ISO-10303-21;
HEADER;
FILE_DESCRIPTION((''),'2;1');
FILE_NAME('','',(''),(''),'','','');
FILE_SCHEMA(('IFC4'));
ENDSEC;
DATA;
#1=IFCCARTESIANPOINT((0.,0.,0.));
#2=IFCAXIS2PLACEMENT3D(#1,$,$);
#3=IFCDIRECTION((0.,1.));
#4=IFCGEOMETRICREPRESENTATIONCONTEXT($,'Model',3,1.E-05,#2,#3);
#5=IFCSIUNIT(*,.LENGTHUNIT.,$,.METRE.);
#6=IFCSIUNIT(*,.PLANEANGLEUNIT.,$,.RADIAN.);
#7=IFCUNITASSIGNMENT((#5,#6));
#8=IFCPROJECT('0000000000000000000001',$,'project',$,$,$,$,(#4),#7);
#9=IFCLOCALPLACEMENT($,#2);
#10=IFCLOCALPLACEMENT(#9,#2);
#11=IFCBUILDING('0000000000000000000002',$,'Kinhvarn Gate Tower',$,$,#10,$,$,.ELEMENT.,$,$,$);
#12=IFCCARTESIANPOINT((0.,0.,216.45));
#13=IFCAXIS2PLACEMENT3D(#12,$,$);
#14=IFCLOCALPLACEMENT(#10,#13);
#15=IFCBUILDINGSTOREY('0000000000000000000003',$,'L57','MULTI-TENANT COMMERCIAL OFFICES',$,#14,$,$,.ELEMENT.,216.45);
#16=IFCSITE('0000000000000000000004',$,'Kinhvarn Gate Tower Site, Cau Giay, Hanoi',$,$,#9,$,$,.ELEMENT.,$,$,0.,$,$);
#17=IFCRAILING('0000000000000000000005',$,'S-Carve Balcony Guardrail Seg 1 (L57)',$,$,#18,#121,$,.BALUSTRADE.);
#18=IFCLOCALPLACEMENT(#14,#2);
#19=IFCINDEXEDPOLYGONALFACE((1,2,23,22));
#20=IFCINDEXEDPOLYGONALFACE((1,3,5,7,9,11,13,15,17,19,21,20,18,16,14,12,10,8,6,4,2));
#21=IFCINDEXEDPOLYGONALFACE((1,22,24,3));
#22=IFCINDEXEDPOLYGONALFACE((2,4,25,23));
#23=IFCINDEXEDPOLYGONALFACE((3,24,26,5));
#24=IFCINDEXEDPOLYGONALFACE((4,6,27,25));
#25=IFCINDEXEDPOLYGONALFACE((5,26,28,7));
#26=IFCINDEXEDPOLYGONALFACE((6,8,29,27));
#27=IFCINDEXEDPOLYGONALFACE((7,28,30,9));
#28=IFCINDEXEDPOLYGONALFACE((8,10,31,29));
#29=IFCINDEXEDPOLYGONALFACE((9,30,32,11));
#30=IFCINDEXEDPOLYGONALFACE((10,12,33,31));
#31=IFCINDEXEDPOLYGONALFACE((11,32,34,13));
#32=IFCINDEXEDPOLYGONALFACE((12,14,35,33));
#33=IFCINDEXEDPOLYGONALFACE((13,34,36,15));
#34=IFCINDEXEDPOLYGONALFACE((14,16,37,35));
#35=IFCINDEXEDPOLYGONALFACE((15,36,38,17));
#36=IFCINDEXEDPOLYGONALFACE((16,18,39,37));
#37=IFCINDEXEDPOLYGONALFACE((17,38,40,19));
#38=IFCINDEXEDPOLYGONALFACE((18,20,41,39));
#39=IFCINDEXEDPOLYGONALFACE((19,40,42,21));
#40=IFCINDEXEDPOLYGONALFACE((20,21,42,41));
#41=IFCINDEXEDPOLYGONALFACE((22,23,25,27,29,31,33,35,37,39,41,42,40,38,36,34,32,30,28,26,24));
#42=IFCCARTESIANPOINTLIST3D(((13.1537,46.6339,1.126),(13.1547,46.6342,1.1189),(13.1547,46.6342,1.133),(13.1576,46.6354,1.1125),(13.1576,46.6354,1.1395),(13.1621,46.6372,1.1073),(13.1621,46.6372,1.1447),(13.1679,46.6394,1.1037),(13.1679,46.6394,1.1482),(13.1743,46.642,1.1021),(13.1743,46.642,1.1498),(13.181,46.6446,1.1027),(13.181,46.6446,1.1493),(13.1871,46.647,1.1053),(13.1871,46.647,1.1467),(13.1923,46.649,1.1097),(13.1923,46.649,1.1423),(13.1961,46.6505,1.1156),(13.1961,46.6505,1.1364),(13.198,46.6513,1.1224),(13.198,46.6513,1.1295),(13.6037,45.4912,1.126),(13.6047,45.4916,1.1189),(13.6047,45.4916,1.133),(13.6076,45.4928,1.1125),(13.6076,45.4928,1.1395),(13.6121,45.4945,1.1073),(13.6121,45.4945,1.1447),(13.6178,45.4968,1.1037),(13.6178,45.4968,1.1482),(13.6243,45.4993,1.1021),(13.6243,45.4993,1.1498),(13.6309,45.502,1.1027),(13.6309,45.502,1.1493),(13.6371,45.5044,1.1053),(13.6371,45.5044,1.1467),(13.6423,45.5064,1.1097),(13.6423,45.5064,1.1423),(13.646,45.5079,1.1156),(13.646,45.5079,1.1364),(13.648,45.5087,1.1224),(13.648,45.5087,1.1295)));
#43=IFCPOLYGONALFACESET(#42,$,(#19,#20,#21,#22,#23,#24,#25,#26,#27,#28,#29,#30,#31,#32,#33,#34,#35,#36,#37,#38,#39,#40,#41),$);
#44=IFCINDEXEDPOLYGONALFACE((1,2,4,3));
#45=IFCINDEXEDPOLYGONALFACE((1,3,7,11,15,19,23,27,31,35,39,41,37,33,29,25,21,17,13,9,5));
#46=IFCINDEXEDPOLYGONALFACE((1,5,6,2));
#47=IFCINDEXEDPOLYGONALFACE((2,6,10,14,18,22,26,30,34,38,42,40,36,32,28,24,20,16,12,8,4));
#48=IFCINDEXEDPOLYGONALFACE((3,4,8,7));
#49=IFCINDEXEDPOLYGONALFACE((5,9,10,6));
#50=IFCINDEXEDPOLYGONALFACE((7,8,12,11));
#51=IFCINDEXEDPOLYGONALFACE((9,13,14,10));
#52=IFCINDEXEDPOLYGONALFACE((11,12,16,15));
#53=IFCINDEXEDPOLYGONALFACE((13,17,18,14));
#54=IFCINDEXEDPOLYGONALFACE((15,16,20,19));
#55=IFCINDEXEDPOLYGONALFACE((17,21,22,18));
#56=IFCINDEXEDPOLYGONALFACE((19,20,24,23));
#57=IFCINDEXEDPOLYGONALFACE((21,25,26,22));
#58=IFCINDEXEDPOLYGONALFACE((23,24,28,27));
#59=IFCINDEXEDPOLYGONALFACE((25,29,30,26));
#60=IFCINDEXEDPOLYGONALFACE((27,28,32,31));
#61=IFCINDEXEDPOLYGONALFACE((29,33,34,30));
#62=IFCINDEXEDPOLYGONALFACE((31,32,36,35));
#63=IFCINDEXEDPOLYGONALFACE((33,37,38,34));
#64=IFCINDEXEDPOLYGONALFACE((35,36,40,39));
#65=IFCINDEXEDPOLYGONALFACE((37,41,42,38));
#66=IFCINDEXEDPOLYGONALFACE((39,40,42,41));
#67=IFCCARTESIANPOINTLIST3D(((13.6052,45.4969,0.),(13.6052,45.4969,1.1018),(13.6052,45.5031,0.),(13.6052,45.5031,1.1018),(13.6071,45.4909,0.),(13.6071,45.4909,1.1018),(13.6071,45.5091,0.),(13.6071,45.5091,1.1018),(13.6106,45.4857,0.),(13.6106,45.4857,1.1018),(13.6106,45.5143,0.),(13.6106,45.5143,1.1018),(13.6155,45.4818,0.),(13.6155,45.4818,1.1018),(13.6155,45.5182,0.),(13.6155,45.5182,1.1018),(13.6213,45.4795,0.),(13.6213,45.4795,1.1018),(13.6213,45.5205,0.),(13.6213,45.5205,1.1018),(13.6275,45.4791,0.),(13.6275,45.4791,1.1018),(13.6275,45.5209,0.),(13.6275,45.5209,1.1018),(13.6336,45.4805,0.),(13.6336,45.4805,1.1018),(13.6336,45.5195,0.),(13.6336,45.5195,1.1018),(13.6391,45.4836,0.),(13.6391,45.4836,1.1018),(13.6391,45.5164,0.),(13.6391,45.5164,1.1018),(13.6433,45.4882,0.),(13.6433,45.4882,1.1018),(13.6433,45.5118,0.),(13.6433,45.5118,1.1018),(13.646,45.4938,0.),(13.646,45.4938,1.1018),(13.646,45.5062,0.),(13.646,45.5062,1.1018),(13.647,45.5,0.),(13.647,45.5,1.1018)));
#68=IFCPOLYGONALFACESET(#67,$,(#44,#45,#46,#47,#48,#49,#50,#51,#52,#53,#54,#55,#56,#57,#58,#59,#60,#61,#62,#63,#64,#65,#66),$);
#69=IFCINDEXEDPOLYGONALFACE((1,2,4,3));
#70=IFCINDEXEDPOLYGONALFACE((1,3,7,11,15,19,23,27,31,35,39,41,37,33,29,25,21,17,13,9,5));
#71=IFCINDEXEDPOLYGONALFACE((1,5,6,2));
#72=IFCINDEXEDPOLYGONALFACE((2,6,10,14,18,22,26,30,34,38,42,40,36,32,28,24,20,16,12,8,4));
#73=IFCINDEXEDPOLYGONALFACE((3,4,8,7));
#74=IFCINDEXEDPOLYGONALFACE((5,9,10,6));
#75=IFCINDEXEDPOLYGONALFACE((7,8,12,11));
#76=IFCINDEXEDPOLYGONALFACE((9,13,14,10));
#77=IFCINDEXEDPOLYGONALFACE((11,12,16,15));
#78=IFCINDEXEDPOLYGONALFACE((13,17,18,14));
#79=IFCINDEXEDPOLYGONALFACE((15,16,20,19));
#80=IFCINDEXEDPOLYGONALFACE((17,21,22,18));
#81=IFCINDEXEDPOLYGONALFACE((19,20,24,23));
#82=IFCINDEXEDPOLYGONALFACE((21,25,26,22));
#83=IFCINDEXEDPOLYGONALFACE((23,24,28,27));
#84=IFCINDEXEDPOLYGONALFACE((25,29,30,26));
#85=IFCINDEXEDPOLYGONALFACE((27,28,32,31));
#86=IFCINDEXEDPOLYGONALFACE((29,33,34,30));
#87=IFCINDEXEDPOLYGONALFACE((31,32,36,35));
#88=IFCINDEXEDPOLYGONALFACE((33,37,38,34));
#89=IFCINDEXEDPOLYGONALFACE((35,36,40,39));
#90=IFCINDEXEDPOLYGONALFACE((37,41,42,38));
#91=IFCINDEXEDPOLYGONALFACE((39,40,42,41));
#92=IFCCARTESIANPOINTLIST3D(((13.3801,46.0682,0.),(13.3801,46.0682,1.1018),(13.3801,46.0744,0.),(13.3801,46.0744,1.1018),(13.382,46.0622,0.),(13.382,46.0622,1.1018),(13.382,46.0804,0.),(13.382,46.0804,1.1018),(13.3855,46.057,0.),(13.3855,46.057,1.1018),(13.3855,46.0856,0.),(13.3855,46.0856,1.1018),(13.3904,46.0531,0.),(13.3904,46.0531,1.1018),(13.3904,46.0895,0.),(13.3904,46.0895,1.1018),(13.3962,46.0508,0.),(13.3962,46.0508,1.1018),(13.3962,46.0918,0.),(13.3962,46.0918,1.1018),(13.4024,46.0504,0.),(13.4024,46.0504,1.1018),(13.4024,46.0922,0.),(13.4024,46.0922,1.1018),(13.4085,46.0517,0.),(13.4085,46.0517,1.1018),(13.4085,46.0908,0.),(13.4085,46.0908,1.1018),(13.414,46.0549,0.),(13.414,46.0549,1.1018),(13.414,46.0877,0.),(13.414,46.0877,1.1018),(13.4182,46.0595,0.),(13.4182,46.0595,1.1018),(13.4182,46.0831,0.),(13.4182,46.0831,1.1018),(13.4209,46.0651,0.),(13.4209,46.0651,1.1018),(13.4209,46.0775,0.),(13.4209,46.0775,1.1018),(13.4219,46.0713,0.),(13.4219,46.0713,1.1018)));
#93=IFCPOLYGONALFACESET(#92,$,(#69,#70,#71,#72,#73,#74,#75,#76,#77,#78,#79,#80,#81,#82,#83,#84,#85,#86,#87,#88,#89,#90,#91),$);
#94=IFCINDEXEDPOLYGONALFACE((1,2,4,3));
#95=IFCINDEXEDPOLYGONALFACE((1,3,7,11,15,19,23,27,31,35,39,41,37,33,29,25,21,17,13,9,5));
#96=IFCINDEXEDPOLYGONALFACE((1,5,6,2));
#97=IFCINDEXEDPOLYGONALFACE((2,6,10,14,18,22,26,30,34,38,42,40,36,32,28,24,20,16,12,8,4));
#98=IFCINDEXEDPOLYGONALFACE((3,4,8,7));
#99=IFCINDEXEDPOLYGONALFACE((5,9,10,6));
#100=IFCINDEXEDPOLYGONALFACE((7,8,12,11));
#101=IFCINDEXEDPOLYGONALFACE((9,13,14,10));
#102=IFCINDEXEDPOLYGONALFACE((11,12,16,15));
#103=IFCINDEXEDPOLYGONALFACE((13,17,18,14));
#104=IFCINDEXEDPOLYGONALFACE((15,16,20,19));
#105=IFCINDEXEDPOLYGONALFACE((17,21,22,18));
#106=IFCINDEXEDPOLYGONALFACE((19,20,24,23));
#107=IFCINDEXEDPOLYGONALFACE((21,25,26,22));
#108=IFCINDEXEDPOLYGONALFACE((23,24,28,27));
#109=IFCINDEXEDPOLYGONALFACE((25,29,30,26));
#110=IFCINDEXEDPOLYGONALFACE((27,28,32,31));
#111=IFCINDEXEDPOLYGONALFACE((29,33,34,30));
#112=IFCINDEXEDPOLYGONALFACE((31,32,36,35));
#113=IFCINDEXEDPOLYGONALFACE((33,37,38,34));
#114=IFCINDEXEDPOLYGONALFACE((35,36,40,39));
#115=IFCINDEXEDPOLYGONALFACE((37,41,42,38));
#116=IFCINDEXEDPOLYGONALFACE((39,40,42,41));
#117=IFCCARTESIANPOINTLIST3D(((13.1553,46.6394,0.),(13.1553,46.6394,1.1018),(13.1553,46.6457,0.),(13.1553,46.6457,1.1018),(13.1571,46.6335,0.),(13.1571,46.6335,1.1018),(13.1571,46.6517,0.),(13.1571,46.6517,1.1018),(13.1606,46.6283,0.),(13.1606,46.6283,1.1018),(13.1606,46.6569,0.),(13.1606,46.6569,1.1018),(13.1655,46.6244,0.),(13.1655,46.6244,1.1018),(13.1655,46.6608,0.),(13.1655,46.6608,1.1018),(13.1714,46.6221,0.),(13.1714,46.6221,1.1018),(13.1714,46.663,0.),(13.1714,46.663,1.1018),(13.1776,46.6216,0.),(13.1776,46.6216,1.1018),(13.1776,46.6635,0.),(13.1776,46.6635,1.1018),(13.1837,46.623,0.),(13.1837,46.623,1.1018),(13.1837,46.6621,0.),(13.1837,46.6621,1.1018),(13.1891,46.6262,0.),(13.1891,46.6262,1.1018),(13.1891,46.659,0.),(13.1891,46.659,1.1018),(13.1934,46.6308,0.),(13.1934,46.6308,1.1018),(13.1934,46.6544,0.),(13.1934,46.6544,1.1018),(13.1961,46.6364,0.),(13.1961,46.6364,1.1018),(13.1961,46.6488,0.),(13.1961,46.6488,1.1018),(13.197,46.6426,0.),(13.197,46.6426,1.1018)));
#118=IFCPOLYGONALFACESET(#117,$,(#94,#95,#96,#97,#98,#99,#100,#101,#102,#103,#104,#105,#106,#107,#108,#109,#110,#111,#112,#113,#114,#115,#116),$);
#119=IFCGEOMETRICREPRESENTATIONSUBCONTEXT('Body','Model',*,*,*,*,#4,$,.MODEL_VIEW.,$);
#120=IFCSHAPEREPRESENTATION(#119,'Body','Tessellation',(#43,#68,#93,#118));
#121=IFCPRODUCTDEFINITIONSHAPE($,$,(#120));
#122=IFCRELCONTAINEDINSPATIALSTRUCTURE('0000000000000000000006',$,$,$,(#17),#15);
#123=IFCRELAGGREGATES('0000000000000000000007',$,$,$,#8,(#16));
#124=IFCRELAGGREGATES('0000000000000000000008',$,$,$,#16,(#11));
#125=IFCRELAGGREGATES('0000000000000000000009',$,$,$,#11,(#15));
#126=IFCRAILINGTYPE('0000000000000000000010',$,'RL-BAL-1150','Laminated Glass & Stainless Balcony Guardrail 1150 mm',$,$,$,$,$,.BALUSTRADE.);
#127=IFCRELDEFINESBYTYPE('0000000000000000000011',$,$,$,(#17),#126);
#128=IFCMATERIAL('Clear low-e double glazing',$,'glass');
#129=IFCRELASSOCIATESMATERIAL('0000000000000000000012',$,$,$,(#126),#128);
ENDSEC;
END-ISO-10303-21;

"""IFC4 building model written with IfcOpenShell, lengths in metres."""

from ifc_helpers import new_model, si_unit, direction, frame, origin, origin_2d, place, context, subcontext, project, spatial, circle, extrude, material, type_object, element, save


model = new_model("IFC4")

# Units and contexts
model_context = context("Model", 3, precision=1e-05, world=origin(), true_north=direction((0.0, 1.0)))
body_context = subcontext(model_context, "Body", "Model", "MODEL_VIEW")
ifc_project = project(units=[si_unit("LENGTHUNIT", "METRE"), si_unit("PLANEANGLEUNIT", "RADIAN")], contexts=[model_context])

# Site, building, storey
site_placement = place(None, origin())
site = spatial("IfcSite", under=ifc_project, at=site_placement, Name="Kinhvarn Gate Tower Site, Cau Giay, Hanoi", CompositionType="ELEMENT", RefElevation=0.0)
building_placement = place(site_placement, origin())
building = spatial("IfcBuilding", under=site, at=building_placement, Name="Kinhvarn Gate Tower", CompositionType="ELEMENT")
storey_placement = place(building_placement, frame((0.0, 0.0, 216.45)))
storey = spatial("IfcBuildingStorey", under=building, at=storey_placement, Name="L57", Description="MULTI-TENANT COMMERCIAL OFFICES", CompositionType="ELEMENT", Elevation=216.45)

# Shared definitions
ifc_material_1 = material(Name="Clear low-e double glazing", Category="glass")

# Railing
railing_type_1 = type_object("IfcRailingType", Name="RL-BAL-1150", Description="Laminated Glass & Stainless Balcony Guardrail 1150 mm", PredefinedType="BALUSTRADE", material=ifc_material_1)
railing_1_placement = place(storey_placement, frame((13.626, 45.5, 0.0)))
element("IfcRailing", 1, at=railing_1_placement, inside=storey, type_object=railing_type_1, Name="S-Carve Balcony Guardrail Seg 1 (L57)", PredefinedType="BALUSTRADE", context=body_context, shape_type="SweptSolid", body=[
    extrude(circle(Radius=0.0239, at=origin_2d()), frame((0.0, 0.0, 1.126), z_axis=(-0.366415, 0.930452, 0.0), x_axis=(-0.930452, -0.366415, 0.0)), (0.0, 0.0, 1.0), 1.228),
    extrude(circle(Radius=0.021, at=origin_2d()), origin(), (0.0, 0.0, 1.0), 1.1018),
    extrude(circle(Radius=0.021, at=origin_2d()), frame((-0.2251, 0.5713, 0.0)), (0.0, 0.0, 1.0), 1.1018),
    extrude(circle(Radius=0.021, at=origin_2d()), frame((-0.45, 1.1426, 0.0)), (0.0, 0.0, 1.0), 1.1018),
])

save(model, "model.ifc")
